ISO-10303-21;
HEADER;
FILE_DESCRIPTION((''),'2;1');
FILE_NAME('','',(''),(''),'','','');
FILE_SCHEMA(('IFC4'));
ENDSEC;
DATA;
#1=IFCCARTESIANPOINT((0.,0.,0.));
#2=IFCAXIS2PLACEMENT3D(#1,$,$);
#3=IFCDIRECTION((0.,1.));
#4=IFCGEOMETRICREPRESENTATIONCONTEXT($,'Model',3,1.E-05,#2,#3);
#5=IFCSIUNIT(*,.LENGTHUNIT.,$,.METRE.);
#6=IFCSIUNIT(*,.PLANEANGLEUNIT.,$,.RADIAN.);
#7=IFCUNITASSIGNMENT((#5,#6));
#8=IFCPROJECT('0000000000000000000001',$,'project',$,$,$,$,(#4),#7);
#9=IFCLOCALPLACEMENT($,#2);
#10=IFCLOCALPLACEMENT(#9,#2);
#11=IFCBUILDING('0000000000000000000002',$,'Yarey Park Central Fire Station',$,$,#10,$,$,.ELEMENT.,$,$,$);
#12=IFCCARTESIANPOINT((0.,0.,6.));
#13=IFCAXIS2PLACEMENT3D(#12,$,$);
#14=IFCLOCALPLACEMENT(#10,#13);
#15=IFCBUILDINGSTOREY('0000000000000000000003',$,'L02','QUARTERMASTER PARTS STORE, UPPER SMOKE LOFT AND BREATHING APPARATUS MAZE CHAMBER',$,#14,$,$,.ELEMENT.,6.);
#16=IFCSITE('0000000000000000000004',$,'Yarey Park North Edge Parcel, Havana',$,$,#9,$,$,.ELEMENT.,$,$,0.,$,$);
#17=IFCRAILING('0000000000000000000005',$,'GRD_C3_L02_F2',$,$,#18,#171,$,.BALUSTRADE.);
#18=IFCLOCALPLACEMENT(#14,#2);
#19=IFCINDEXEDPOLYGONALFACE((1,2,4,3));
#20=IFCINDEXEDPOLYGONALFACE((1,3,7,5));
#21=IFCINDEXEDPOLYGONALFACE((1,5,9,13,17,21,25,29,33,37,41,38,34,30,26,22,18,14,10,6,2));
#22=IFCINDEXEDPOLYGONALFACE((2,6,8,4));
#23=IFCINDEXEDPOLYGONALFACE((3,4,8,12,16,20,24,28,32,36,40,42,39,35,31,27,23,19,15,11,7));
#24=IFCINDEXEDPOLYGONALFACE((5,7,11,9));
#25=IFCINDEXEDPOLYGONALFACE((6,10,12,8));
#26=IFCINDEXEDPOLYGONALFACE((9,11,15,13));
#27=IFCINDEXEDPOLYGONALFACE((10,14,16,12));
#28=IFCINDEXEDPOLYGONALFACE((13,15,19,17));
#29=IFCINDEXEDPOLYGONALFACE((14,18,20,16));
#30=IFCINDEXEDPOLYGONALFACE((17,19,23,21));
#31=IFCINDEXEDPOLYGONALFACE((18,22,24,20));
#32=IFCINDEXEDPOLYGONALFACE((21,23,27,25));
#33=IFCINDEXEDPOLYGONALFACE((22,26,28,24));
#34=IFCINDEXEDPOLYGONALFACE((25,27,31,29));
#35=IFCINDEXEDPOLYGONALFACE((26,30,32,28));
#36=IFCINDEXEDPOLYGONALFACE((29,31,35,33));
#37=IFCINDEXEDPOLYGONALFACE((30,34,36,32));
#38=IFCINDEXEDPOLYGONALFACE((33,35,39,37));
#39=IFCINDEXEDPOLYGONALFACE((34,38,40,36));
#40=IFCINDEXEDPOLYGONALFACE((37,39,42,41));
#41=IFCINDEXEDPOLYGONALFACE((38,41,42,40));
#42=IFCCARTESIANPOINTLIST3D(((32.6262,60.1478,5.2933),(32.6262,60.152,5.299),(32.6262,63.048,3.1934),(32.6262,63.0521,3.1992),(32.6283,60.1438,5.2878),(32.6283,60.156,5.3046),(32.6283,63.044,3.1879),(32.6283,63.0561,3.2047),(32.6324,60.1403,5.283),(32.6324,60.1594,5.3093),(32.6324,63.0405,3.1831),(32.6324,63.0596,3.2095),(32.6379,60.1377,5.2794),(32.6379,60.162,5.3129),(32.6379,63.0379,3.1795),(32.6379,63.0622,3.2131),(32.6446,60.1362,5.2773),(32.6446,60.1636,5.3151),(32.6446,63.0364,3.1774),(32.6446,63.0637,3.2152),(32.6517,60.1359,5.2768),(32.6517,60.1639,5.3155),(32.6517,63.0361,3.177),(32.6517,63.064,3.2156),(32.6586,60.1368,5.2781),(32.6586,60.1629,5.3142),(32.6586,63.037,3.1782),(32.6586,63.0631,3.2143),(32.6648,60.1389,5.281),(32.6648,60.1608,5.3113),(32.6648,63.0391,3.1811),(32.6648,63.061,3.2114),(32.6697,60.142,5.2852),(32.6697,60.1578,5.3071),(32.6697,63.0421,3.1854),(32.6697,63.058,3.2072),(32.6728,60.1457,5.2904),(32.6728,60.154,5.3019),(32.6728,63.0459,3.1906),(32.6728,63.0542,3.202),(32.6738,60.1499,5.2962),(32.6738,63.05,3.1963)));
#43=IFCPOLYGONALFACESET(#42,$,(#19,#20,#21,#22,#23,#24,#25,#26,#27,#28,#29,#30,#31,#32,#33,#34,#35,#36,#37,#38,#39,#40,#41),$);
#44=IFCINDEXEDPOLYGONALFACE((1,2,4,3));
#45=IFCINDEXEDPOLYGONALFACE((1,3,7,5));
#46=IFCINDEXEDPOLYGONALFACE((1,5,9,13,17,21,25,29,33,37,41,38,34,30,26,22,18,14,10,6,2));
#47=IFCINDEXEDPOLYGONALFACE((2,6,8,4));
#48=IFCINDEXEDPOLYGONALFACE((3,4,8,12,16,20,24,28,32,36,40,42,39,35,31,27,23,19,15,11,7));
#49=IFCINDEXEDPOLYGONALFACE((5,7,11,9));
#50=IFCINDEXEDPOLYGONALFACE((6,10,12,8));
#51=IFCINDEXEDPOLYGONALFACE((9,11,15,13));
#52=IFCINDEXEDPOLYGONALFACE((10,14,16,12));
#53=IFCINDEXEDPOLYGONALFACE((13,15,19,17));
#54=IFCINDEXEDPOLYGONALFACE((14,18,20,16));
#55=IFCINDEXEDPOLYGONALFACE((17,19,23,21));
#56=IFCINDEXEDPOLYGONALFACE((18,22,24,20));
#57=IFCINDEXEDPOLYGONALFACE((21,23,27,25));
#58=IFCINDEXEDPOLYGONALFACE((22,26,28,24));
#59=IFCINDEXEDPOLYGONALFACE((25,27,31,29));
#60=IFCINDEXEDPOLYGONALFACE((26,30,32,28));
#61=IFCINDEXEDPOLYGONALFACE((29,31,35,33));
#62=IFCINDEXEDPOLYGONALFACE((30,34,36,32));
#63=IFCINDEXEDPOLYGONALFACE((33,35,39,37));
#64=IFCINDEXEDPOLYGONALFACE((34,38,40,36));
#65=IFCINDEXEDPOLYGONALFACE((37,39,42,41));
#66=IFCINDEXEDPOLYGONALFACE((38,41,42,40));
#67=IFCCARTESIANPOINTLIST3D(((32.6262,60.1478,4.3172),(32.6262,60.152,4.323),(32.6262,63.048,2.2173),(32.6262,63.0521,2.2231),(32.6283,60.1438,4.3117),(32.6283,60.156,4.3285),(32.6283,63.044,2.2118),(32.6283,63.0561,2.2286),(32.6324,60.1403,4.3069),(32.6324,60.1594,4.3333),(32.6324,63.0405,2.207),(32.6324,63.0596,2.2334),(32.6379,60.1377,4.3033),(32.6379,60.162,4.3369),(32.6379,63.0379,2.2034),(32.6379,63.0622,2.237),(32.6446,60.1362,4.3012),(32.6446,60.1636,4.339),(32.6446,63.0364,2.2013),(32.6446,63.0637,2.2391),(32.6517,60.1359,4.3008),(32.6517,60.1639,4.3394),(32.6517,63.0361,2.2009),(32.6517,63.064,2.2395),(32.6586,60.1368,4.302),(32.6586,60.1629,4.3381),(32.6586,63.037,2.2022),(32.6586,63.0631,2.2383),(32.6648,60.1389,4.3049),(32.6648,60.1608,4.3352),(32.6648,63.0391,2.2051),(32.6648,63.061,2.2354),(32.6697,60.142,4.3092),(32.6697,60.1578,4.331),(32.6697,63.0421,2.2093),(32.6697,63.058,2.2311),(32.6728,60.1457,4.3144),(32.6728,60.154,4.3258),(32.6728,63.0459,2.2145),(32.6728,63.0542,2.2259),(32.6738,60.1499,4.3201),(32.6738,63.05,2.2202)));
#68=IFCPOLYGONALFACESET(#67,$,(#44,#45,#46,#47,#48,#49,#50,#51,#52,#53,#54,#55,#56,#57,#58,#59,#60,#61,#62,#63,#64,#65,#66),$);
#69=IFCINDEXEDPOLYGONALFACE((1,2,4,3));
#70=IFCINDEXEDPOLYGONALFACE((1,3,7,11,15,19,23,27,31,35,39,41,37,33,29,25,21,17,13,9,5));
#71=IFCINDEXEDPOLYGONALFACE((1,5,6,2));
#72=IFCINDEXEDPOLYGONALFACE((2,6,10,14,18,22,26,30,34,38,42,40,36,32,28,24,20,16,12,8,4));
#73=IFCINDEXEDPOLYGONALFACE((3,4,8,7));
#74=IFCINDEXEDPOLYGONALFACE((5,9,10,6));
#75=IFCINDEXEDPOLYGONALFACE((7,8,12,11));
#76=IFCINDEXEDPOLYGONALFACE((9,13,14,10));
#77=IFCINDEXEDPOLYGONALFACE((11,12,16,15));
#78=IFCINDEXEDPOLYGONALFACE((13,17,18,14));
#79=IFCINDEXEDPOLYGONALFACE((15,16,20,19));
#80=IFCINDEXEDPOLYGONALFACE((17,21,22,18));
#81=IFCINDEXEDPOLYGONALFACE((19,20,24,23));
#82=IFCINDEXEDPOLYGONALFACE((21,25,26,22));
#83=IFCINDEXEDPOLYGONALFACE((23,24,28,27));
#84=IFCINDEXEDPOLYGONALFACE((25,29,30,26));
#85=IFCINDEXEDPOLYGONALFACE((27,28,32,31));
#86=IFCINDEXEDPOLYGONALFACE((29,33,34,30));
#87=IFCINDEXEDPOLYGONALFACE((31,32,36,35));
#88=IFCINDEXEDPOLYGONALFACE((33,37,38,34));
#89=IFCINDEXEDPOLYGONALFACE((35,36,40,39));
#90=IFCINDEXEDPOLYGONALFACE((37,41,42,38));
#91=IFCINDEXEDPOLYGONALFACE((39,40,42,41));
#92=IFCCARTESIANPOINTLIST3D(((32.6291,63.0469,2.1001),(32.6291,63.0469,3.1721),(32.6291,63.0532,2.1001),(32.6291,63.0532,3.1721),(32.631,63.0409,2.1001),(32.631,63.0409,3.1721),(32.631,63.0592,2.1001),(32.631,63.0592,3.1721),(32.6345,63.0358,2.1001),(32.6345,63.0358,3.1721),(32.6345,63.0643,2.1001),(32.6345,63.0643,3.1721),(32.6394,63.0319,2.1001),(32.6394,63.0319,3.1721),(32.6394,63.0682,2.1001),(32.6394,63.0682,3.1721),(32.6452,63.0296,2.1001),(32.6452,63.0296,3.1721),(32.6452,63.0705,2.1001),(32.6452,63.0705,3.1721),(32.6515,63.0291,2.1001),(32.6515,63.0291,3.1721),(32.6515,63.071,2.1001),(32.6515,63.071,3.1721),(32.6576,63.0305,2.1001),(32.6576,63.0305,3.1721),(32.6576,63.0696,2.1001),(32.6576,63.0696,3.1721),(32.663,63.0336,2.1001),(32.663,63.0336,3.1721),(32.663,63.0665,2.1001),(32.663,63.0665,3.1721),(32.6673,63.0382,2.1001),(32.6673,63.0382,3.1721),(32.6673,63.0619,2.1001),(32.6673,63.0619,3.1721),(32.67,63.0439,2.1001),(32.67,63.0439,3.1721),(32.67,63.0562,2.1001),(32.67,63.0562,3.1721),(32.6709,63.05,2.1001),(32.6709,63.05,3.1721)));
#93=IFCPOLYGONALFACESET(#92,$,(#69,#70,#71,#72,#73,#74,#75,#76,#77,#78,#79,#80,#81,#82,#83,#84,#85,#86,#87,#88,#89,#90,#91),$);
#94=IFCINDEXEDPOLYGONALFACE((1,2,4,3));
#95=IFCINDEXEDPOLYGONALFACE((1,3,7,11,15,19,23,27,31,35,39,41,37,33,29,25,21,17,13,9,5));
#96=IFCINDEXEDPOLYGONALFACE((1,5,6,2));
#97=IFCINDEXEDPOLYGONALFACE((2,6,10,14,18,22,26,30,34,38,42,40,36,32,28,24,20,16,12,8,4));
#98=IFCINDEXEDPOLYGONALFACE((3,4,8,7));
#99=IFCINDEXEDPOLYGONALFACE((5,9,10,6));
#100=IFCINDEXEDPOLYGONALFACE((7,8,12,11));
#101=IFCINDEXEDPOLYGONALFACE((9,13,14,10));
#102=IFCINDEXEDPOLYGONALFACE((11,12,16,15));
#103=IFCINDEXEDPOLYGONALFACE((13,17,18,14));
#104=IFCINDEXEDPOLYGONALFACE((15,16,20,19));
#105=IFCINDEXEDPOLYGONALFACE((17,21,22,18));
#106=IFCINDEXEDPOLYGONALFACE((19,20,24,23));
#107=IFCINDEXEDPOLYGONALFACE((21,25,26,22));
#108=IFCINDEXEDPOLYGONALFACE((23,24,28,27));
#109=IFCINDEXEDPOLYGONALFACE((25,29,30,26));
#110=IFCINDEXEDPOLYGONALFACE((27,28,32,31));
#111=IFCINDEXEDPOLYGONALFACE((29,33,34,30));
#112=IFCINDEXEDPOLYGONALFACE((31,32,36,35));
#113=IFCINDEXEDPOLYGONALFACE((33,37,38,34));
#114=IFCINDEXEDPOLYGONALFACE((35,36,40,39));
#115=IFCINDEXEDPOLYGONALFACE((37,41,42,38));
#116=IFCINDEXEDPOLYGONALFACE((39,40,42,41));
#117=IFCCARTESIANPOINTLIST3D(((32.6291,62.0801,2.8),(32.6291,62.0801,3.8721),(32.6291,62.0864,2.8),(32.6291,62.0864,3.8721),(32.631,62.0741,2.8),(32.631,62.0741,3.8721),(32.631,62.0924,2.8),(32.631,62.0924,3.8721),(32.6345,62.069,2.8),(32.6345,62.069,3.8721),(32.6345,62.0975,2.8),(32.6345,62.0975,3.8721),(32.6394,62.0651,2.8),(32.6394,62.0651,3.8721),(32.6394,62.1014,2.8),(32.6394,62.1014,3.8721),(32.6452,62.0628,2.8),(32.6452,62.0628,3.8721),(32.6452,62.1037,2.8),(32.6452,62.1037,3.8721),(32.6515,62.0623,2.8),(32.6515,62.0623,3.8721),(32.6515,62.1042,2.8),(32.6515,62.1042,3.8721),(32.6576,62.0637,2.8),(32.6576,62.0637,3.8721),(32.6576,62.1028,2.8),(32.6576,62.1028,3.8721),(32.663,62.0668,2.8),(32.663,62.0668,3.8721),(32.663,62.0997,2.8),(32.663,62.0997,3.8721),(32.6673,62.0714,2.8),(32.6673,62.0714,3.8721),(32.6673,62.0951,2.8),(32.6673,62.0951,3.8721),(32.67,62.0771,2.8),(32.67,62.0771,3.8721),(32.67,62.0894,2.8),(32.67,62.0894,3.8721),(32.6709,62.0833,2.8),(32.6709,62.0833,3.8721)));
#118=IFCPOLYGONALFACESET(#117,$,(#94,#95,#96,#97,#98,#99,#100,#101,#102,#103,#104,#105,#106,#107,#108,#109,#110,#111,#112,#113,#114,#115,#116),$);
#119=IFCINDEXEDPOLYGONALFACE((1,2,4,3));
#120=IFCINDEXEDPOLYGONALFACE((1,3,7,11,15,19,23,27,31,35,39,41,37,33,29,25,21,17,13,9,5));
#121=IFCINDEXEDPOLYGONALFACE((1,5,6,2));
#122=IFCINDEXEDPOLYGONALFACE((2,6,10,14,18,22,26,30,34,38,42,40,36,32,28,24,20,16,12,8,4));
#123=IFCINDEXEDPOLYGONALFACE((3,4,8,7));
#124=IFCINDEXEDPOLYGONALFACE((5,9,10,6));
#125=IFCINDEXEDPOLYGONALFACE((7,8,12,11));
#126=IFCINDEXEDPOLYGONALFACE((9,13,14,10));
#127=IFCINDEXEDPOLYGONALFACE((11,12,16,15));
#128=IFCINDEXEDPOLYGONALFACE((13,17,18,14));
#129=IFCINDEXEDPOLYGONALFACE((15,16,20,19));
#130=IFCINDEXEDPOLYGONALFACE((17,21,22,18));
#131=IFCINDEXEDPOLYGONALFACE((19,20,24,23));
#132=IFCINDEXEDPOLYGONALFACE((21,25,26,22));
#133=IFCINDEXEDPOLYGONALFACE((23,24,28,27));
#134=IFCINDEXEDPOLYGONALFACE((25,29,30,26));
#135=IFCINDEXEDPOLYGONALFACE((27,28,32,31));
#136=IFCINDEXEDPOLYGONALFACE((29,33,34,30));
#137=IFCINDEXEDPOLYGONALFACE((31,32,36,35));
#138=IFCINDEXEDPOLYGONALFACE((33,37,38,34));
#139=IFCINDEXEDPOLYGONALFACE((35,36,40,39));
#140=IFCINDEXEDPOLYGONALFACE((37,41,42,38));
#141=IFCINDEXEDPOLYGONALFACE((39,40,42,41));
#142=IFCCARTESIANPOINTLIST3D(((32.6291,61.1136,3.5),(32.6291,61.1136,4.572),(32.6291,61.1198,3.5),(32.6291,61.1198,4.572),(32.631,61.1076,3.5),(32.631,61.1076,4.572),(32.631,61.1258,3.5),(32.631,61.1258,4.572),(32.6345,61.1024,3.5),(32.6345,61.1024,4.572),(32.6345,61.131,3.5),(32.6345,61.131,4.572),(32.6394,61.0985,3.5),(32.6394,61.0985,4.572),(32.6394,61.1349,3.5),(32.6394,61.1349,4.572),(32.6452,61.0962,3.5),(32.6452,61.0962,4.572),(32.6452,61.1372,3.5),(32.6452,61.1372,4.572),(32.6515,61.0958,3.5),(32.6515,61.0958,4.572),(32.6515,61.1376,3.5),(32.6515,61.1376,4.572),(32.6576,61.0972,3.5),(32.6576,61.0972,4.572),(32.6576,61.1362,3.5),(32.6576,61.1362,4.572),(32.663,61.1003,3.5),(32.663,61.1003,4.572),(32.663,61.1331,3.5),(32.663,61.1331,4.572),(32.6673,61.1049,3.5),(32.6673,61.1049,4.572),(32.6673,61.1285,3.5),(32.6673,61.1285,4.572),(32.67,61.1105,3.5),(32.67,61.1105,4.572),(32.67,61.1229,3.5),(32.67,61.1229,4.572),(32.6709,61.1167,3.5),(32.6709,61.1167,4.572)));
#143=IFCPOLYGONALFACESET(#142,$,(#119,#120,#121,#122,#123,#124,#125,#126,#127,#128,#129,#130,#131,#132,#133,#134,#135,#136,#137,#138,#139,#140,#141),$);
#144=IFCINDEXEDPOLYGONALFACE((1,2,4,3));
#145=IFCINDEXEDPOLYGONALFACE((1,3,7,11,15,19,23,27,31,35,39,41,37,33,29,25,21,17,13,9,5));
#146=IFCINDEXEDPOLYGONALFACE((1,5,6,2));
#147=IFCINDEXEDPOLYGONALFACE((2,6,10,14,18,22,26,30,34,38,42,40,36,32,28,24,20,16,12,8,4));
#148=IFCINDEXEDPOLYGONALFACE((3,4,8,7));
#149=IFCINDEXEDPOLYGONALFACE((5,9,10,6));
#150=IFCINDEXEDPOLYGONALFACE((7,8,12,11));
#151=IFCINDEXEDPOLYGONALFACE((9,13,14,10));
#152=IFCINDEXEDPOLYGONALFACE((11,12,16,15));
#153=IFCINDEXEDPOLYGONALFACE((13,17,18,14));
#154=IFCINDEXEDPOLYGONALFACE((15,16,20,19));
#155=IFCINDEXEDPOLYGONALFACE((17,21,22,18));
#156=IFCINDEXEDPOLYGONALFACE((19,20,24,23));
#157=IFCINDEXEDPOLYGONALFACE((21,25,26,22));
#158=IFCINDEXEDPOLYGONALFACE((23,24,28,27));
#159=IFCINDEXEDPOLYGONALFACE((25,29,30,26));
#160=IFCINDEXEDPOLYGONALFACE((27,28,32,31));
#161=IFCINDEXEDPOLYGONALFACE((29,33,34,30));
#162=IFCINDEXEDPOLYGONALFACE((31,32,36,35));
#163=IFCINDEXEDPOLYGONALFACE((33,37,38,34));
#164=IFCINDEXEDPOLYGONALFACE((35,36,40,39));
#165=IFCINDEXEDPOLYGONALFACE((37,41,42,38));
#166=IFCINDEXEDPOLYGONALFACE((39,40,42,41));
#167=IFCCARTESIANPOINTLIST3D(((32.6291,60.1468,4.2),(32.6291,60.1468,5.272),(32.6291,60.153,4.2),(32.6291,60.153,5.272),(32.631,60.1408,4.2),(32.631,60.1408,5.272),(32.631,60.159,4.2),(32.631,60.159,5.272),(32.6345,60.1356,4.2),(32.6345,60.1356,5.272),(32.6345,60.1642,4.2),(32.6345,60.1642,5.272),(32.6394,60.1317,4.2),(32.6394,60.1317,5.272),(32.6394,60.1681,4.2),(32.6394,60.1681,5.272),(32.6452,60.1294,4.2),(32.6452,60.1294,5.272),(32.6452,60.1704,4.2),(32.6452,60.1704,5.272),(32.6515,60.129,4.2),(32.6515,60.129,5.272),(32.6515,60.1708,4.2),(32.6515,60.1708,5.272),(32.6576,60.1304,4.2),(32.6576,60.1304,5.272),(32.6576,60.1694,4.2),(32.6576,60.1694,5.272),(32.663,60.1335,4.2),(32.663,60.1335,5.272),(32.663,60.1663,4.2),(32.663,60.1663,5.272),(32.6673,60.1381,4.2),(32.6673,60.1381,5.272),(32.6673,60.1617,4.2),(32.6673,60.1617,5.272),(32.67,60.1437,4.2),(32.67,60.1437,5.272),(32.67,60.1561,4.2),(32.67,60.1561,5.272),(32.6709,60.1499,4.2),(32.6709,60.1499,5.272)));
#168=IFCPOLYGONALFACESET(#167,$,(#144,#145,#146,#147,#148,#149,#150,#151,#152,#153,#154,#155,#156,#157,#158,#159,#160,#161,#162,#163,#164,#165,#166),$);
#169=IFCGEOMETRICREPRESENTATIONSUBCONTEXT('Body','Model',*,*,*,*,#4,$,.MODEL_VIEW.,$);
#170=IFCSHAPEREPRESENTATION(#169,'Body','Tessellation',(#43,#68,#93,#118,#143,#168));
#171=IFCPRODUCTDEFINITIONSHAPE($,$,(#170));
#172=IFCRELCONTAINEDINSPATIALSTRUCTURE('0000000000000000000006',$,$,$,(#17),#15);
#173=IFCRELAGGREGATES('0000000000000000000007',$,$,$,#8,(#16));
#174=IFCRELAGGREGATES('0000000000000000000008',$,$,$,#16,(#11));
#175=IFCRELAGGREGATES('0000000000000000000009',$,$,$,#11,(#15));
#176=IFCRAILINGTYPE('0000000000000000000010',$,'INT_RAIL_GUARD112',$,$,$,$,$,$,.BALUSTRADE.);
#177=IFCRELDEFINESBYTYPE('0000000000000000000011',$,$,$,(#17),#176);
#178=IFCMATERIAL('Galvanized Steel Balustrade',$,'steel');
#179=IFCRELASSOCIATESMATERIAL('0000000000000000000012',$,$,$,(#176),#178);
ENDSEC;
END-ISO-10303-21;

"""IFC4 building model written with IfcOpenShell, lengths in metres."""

from ifc_helpers import new_model, si_unit, direction, frame, origin, origin_2d, place, context, subcontext, project, spatial, circle, extrude, material, type_object, element, save


model = new_model("IFC4")

# Units and contexts
model_context = context("Model", 3, precision=1e-05, world=origin(), true_north=direction((0.0, 1.0)))
body_context = subcontext(model_context, "Body", "Model", "MODEL_VIEW")
ifc_project = project(units=[si_unit("LENGTHUNIT", "METRE"), si_unit("PLANEANGLEUNIT", "RADIAN")], contexts=[model_context])

# Site, building, storey
site_placement = place(None, origin())
site = spatial("IfcSite", under=ifc_project, at=site_placement, Name="Yarey Park North Edge Parcel, Havana", CompositionType="ELEMENT", RefElevation=0.0)
building_placement = place(site_placement, origin())
building = spatial("IfcBuilding", under=site, at=building_placement, Name="Yarey Park Central Fire Station", CompositionType="ELEMENT")
storey_placement = place(building_placement, frame((0.0, 0.0, 6.0)))
storey = spatial("IfcBuildingStorey", under=building, at=storey_placement, Name="L02", Description="QUARTERMASTER PARTS STORE, UPPER SMOKE LOFT AND BREATHING APPARATUS MAZE CHAMBER", CompositionType="ELEMENT", Elevation=6.0)

# Railing
ifc_material_1 = material(Name="Galvanized Steel Balustrade", Category="steel")
railing_type_1 = type_object("IfcRailingType", Name="INT_RAIL_GUARD112", PredefinedType="BALUSTRADE", material=ifc_material_1)
railing_1_placement = place(storey_placement, frame((32.6499, 63.05, 2.1001)))
element("IfcRailing", 1, at=railing_1_placement, inside=storey, type_object=railing_type_1, Name="GRD_C3_L02_F2", PredefinedType="BALUSTRADE", context=body_context, shape_type="SweptSolid", body=[
    extrude(circle(Radius=0.0239, at=origin_2d()), frame((0.0, 0.0, 1.0962), z_axis=(0.0, -0.809976, 0.586464), x_axis=(1.0, 0.0, 0.0)), (0.0, 0.0, 1.0), 3.5806),
    extrude(circle(Radius=0.0239, at=origin_2d()), frame((0.0, 0.0, 0.1201), z_axis=(0.0, -0.809976, 0.586464), x_axis=(1.0, 0.0, 0.0)), (0.0, 0.0, 1.0), 3.5806),
    extrude(circle(Radius=0.021, at=origin_2d()), origin(), (0.0, 0.0, 1.0), 1.072),
    extrude(circle(Radius=0.021, at=origin_2d()), frame((0.0, -0.9668, 0.7)), (0.0, 0.0, 1.0), 1.072),
    extrude(circle(Radius=0.021, at=origin_2d()), frame((0.0, -1.9333, 1.3999)), (0.0, 0.0, 1.0), 1.072),
    extrude(circle(Radius=0.021, at=origin_2d()), frame((0.0, -2.9001, 2.0999)), (0.0, 0.0, 1.0), 1.072),
])

save(model, "model.ifc")
